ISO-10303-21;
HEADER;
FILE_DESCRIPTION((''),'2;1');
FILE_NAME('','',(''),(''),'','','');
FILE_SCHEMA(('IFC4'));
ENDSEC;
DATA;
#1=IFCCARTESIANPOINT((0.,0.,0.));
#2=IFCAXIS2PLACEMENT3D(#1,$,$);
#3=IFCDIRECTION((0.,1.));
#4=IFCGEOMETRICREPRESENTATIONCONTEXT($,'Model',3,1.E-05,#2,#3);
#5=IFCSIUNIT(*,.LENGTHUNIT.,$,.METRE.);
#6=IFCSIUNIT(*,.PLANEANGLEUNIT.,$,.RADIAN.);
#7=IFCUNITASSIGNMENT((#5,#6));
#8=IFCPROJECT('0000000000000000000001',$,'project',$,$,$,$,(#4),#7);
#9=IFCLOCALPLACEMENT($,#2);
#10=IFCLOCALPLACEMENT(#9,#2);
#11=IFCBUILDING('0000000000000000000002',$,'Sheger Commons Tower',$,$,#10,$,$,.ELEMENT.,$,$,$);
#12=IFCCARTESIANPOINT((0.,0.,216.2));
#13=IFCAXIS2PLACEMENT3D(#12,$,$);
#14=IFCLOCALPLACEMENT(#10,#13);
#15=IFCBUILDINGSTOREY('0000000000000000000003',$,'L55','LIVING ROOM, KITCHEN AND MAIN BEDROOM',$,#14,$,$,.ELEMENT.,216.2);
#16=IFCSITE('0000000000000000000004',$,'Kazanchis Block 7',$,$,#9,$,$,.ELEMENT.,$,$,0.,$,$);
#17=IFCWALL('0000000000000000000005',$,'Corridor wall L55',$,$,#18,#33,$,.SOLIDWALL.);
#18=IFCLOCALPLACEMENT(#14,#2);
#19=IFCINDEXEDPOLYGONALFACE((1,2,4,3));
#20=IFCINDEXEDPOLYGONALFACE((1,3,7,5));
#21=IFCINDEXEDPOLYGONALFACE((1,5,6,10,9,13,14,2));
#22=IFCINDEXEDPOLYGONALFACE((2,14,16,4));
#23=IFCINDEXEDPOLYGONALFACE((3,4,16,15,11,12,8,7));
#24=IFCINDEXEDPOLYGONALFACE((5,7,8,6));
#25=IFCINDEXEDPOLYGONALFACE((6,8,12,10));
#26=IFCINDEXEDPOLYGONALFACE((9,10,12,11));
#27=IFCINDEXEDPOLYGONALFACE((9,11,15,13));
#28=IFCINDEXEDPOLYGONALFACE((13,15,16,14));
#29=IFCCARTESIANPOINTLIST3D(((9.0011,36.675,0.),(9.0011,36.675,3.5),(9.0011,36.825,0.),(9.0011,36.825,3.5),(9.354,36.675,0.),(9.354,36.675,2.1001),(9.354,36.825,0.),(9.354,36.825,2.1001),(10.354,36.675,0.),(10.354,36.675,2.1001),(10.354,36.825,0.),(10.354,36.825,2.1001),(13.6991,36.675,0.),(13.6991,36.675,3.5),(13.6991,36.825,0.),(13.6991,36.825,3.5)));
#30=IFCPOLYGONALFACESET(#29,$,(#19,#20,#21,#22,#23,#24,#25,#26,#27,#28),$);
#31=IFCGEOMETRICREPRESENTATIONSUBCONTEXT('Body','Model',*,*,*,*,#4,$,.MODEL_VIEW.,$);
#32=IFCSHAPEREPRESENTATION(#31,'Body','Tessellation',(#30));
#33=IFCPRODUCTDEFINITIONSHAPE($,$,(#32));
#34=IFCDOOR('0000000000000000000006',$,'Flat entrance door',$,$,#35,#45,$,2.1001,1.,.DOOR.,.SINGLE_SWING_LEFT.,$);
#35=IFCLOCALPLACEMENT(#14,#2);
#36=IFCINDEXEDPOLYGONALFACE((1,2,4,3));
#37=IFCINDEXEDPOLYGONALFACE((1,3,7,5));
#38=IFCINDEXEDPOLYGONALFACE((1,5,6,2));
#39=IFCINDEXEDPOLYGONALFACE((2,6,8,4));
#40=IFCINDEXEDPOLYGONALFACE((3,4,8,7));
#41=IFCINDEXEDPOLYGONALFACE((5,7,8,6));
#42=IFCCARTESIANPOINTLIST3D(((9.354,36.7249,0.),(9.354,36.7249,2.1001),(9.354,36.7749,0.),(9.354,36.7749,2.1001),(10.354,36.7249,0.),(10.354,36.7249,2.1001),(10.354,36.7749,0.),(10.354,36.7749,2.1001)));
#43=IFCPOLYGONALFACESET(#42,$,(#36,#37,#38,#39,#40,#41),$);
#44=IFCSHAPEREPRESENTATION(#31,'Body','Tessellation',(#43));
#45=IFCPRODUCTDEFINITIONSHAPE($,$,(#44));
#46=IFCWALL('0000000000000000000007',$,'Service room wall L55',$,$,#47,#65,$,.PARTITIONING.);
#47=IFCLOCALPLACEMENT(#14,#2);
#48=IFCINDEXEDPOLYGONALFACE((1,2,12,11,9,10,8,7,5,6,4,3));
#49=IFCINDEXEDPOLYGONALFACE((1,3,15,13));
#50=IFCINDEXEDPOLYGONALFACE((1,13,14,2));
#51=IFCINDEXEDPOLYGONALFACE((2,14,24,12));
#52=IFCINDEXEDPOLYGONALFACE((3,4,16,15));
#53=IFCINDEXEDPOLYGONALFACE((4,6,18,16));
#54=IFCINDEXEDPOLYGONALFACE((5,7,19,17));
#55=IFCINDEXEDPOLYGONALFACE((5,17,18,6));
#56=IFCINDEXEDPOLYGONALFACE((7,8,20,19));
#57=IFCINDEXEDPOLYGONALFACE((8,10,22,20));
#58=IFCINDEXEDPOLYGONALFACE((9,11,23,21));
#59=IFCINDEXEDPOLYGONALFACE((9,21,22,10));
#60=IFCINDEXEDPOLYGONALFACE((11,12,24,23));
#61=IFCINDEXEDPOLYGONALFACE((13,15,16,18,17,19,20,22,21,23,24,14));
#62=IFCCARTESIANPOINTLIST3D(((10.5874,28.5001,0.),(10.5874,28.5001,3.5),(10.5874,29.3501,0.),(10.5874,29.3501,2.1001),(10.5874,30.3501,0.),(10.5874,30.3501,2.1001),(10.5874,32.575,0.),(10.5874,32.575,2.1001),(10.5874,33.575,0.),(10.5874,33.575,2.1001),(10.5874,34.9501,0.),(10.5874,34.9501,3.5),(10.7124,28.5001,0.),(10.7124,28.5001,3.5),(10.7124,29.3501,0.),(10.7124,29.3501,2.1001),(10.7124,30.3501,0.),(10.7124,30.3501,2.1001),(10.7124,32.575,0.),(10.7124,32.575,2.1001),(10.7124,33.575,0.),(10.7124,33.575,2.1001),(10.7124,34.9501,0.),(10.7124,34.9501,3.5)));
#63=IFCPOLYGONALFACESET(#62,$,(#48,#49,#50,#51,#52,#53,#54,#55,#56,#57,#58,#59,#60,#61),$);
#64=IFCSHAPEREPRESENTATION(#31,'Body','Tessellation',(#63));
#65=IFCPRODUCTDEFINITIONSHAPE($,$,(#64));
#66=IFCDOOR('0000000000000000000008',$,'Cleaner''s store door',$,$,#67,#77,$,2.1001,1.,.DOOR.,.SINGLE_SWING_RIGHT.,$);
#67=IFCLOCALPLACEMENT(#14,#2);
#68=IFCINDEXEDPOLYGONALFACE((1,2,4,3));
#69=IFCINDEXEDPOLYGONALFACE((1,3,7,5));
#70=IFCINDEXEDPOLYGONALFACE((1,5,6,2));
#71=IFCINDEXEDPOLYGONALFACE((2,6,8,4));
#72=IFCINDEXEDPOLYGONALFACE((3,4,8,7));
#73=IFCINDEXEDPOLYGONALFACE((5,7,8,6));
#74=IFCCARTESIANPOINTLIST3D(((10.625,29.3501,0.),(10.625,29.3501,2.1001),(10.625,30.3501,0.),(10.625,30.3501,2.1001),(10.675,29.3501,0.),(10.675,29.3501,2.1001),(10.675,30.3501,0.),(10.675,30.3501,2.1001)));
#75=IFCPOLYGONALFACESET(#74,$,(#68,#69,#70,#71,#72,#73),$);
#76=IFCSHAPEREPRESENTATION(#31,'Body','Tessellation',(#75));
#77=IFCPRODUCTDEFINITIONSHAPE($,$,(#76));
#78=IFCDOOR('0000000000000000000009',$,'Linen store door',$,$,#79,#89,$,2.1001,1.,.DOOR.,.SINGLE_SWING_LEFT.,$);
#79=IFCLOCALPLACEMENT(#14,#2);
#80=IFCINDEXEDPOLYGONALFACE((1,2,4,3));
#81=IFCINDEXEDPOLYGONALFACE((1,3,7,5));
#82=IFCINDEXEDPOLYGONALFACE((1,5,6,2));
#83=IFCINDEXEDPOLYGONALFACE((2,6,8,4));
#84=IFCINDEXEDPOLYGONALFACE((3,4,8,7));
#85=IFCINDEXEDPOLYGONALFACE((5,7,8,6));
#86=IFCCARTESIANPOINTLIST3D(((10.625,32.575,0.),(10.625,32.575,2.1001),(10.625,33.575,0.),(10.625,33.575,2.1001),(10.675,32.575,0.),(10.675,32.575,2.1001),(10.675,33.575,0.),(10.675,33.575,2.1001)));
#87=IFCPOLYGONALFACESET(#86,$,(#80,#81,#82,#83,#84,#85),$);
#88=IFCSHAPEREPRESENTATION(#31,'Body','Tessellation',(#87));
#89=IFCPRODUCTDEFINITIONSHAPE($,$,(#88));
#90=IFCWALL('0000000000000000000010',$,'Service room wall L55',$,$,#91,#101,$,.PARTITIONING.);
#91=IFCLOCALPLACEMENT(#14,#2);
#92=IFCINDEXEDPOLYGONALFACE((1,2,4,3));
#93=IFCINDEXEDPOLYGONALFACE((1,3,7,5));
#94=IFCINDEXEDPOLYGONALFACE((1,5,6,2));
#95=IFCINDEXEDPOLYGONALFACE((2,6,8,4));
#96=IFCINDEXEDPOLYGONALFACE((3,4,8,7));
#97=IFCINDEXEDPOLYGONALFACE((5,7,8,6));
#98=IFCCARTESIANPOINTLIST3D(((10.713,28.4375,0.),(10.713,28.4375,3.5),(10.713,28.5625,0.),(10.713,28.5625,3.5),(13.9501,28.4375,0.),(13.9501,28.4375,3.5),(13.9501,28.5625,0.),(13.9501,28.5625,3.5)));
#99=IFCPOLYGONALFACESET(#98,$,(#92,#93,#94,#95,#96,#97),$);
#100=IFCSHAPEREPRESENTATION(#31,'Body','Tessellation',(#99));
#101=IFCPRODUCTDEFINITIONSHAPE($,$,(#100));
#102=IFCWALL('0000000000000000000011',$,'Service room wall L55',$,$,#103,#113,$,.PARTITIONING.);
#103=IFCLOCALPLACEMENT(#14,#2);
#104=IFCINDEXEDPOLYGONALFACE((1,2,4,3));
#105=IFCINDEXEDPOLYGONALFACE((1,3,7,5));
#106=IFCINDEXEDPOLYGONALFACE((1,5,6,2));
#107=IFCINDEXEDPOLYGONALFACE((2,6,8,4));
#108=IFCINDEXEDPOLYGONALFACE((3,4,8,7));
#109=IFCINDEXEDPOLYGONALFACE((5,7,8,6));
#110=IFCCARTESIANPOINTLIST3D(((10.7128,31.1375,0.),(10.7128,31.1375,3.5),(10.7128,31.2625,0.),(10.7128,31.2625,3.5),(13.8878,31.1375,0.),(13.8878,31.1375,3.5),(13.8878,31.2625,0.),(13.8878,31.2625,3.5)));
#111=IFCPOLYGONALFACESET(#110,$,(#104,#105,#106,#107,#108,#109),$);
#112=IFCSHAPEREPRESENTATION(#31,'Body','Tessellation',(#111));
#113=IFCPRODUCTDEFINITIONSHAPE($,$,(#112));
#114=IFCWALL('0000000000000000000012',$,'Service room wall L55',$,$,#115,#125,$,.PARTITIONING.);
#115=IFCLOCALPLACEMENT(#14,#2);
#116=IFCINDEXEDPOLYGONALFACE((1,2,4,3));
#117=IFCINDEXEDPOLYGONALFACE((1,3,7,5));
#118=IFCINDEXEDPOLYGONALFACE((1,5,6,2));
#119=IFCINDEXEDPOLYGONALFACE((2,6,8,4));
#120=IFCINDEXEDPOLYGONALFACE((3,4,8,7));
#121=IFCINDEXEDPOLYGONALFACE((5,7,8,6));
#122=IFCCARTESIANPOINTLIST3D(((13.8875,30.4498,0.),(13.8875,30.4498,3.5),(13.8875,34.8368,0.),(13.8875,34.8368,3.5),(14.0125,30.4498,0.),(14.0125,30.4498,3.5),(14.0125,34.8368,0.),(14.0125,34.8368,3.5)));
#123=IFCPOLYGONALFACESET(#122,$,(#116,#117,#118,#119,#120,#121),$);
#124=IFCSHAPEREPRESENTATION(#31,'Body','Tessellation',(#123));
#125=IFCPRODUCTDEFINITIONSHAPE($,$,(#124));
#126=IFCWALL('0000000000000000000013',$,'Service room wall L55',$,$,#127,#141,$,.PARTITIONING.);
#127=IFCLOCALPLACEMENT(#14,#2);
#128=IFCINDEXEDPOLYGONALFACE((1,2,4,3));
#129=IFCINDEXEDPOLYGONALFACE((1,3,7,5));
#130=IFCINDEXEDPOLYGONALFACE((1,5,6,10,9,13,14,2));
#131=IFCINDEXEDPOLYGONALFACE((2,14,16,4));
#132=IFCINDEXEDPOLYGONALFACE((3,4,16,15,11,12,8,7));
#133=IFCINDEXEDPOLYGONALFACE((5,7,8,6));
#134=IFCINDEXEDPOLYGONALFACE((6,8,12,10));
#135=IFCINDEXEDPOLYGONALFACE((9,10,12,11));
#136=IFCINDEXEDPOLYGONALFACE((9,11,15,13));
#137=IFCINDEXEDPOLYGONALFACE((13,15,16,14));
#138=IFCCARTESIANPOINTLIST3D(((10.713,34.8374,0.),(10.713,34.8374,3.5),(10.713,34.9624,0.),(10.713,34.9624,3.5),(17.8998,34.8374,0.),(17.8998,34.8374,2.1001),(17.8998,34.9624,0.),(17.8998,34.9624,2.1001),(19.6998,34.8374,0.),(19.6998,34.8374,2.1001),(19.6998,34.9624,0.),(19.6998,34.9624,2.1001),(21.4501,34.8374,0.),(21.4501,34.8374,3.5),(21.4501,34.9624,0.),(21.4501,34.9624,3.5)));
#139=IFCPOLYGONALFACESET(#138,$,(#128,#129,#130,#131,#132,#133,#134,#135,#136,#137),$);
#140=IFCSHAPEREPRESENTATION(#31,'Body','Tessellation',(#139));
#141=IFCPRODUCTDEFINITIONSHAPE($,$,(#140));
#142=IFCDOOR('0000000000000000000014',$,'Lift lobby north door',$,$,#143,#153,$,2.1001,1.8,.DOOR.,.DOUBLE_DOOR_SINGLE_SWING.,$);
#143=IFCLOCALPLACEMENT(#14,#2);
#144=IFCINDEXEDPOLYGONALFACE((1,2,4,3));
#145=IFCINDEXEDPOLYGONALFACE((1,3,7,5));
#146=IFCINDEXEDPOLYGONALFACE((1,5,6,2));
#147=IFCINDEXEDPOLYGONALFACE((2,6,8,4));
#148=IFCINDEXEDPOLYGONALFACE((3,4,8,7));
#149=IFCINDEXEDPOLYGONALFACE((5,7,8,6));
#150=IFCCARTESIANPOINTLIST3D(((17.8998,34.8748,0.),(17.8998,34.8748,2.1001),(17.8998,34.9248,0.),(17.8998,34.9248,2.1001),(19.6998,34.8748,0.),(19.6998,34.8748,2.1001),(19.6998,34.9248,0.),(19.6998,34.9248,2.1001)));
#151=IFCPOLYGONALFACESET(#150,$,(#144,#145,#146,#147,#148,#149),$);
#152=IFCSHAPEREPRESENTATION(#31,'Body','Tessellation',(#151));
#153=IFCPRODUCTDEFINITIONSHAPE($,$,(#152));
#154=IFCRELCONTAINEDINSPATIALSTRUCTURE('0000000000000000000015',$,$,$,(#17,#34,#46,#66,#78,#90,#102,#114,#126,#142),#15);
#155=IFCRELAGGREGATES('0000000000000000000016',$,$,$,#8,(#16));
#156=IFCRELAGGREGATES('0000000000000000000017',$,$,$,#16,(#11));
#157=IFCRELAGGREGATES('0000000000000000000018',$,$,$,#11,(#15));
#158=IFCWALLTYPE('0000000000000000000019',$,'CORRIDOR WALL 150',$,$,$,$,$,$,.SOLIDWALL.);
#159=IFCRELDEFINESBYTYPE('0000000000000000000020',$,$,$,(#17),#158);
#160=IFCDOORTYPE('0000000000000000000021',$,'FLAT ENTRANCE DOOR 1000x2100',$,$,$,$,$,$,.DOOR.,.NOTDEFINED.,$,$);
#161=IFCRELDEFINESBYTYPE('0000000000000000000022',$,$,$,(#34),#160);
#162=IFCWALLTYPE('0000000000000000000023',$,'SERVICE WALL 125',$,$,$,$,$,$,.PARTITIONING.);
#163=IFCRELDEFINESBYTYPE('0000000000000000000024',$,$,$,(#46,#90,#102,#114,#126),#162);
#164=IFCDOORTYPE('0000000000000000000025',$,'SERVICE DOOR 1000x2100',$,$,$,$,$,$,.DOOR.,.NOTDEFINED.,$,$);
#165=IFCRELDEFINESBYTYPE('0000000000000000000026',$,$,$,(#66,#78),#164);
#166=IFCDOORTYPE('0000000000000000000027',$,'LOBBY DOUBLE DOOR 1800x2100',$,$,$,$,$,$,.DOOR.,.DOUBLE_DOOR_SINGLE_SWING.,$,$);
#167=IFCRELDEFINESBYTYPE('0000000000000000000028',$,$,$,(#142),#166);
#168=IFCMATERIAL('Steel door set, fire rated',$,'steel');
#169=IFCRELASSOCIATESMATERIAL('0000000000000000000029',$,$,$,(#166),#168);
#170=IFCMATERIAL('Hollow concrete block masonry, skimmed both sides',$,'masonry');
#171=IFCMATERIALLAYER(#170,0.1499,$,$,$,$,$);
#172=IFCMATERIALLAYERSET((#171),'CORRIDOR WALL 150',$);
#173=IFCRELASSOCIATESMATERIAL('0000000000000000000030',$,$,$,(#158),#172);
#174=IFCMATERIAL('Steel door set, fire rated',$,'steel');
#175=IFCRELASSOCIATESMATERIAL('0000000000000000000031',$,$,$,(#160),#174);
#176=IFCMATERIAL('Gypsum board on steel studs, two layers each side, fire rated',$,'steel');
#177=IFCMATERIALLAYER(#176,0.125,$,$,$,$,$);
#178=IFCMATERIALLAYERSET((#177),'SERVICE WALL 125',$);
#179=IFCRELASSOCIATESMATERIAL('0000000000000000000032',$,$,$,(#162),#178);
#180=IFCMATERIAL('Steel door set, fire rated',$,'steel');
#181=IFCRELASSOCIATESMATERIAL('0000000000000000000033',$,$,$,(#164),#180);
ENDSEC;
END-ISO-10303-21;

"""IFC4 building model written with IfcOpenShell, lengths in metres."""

from ifc_helpers import new_model, si_unit, direction, frame, frame_2d, origin, place, context, subcontext, project, spatial, rectangle, extrude, material, layer, layer_set, type_object, element, fill, save


model = new_model("IFC4")

# Units and contexts
model_context = context("Model", 3, precision=1e-05, world=origin(), true_north=direction((0.0, 1.0)))
body_context = subcontext(model_context, "Body", "Model", "MODEL_VIEW")
ifc_project = project(units=[si_unit("LENGTHUNIT", "METRE"), si_unit("PLANEANGLEUNIT", "RADIAN")], contexts=[model_context])

# Site, building, storey
site_placement = place(None, origin())
site = spatial("IfcSite", under=ifc_project, at=site_placement, Name="Kazanchis Block 7", CompositionType="ELEMENT", RefElevation=0.0)
building_placement = place(site_placement, origin())
building = spatial("IfcBuilding", under=site, at=building_placement, Name="Sheger Commons Tower", CompositionType="ELEMENT")
storey_placement = place(building_placement, frame((0.0, 0.0, 216.2)))
storey = spatial("IfcBuildingStorey", under=building, at=storey_placement, Name="L55", Description="LIVING ROOM, KITCHEN AND MAIN BEDROOM", CompositionType="ELEMENT", Elevation=216.2)

# Shared definitions
ifc_material_1 = material(Name="Steel door set, fire rated", Category="steel")
door_type_1 = type_object("IfcDoorType", Name="LOBBY DOUBLE DOOR 1800x2100", OperationType="DOUBLE_DOOR_SINGLE_SWING", PredefinedType="DOOR", material=ifc_material_1)

# Wall, opening, door
ifc_material_2 = material(Name="Hollow concrete block masonry, skimmed both sides", Category="masonry")
ifc_layer_1 = layer(ifc_material_2, 0.1499)
ifc_layer_set_1 = layer_set([ifc_layer_1], Name="CORRIDOR WALL 150")
wall_type_1 = type_object("IfcWallType", Name="CORRIDOR WALL 150", PredefinedType="SOLIDWALL", material=ifc_layer_set_1)
wall_1_placement = place(storey_placement, frame((9.001, 36.75, 0.0), z_axis=(0.0, 0.0, 1.0), x_axis=(1.0, 0.0, 0.0)))
wall_1 = element("IfcWall", 1, at=wall_1_placement, inside=storey, type_object=wall_type_1, Name="Corridor wall L55", PredefinedType="SOLIDWALL", context=body_context, shape_type="SweptSolid", body=[
    extrude(rectangle(XDim=4.698, YDim=0.1499, at=frame_2d((2.3491, 0.0))), origin(), (0.0, 0.0, 1.0), 3.5),
])
opening_1_placement = place(wall_1_placement, frame((0.353, 0.0, 0.0)))
opening_1 = element("IfcOpeningElement", 2, at=opening_1_placement, cuts=wall_1, PredefinedType="OPENING", context=body_context, shape_type="SweptSolid", body=[
    extrude(rectangle(XDim=1.0, YDim=2.1001, at=frame_2d((0.5, 1.05))), frame((0.0, 0.085, 0.0), z_axis=(0.0, -1.0, 0.0), x_axis=(1.0, 0.0, 0.0)), (0.0, 0.0, 1.0), 0.1699),
])
ifc_material_3 = material(Name="Steel door set, fire rated", Category="steel")
door_type_2 = type_object("IfcDoorType", Name="FLAT ENTRANCE DOOR 1000x2100", OperationType="NOTDEFINED", PredefinedType="DOOR", material=ifc_material_3)
door_1_placement = place(opening_1_placement, origin())
door_1 = element("IfcDoor", 3, at=door_1_placement, inside=storey, type_object=door_type_2, Name="Flat entrance door", OperationType="SINGLE_SWING_LEFT", OverallHeight=2.1001, OverallWidth=1.0, PredefinedType="DOOR", context=body_context, shape_type="SweptSolid", body=[
    extrude(rectangle(XDim=1.0, YDim=2.1001, at=frame_2d((0.5, 1.05))), frame((0.0, 0.0249, 0.0), z_axis=(0.0, -1.0, 0.0), x_axis=(1.0, 0.0, 0.0)), (0.0, 0.0, 1.0), 0.05),
])
fill(opening_1, door_1)

# Wall, openings, doors
ifc_material_4 = material(Name="Gypsum board on steel studs, two layers each side, fire rated", Category="steel")
ifc_layer_2 = layer(ifc_material_4, 0.125)
ifc_layer_set_2 = layer_set([ifc_layer_2], Name="SERVICE WALL 125")
wall_type_2 = type_object("IfcWallType", Name="SERVICE WALL 125", PredefinedType="PARTITIONING", material=ifc_layer_set_2)
wall_2_placement = place(storey_placement, frame((10.6499, 28.5, 0.0), z_axis=(0.0, 0.0, 1.0), x_axis=(0.0, 1.0, 0.0)))
wall_2 = element("IfcWall", 4, at=wall_2_placement, inside=storey, type_object=wall_type_2, Name="Service room wall L55", PredefinedType="PARTITIONING", context=body_context, shape_type="SweptSolid", body=[
    extrude(rectangle(XDim=6.45, YDim=0.125, at=frame_2d((3.2251, 0.0))), origin(), (0.0, 0.0, 1.0), 3.5),
])
opening_2_placement = place(wall_2_placement, frame((0.8501, 0.0, 0.0)))
opening_2 = element("IfcOpeningElement", 5, at=opening_2_placement, cuts=wall_2, PredefinedType="OPENING", context=body_context, shape_type="SweptSolid", body=[
    extrude(rectangle(XDim=1.0, YDim=2.1001, at=frame_2d((0.5, 1.05))), frame((0.0, 0.0725, 0.0), z_axis=(0.0, -1.0, 0.0), x_axis=(1.0, 0.0, 0.0)), (0.0, 0.0, 1.0), 0.145),
])
opening_3_placement = place(wall_2_placement, frame((4.075, 0.0, 0.0)))
opening_3 = element("IfcOpeningElement", 6, at=opening_3_placement, cuts=wall_2, PredefinedType="OPENING", context=body_context, shape_type="SweptSolid", body=[
    extrude(rectangle(XDim=1.0, YDim=2.1001, at=frame_2d((0.5, 1.05))), frame((0.0, 0.0725, 0.0), z_axis=(0.0, -1.0, 0.0), x_axis=(1.0, 0.0, 0.0)), (0.0, 0.0, 1.0), 0.145),
])
ifc_material_5 = material(Name="Steel door set, fire rated", Category="steel")
door_type_3 = type_object("IfcDoorType", Name="SERVICE DOOR 1000x2100", OperationType="NOTDEFINED", PredefinedType="DOOR", material=ifc_material_5)
door_2_placement = place(opening_2_placement, origin())
door_2 = element("IfcDoor", 7, at=door_2_placement, inside=storey, type_object=door_type_3, Name="Cleaner's store door", OperationType="SINGLE_SWING_RIGHT", OverallHeight=2.1001, OverallWidth=1.0, PredefinedType="DOOR", context=body_context, shape_type="SweptSolid", body=[
    extrude(rectangle(XDim=1.0, YDim=2.1001, at=frame_2d((0.5, 1.05))), frame((0.0, 0.0249, 0.0), z_axis=(0.0, -1.0, 0.0), x_axis=(1.0, 0.0, 0.0)), (0.0, 0.0, 1.0), 0.05),
])
fill(opening_2, door_2)
door_3_placement = place(opening_3_placement, origin())
door_3 = element("IfcDoor", 8, at=door_3_placement, inside=storey, type_object=door_type_3, Name="Linen store door", OperationType="SINGLE_SWING_LEFT", OverallHeight=2.1001, OverallWidth=1.0, PredefinedType="DOOR", context=body_context, shape_type="SweptSolid", body=[
    extrude(rectangle(XDim=1.0, YDim=2.1001, at=frame_2d((0.5, 1.05))), frame((0.0, 0.0249, 0.0), z_axis=(0.0, -1.0, 0.0), x_axis=(1.0, 0.0, 0.0)), (0.0, 0.0, 1.0), 0.05),
])
fill(opening_3, door_3)

# Walls
wall_3_placement = place(storey_placement, frame((10.7129, 28.5, 0.0), z_axis=(0.0, 0.0, 1.0), x_axis=(1.0, 0.0, 0.0)))
element("IfcWall", 9, at=wall_3_placement, inside=storey, type_object=wall_type_2, Name="Service room wall L55", PredefinedType="PARTITIONING", context=body_context, shape_type="SweptSolid", body=[
    extrude(rectangle(XDim=3.2371, YDim=0.125, at=frame_2d((1.6187, 0.0))), origin(), (0.0, 0.0, 1.0), 3.5),
])
wall_4_placement = place(storey_placement, frame((10.7129, 31.2, 0.0), z_axis=(0.0, 0.0, 1.0), x_axis=(1.0, 0.0, 0.0)))
element("IfcWall", 10, at=wall_4_placement, inside=storey, type_object=wall_type_2, Name="Service room wall L55", PredefinedType="PARTITIONING", context=body_context, shape_type="SweptSolid", body=[
    extrude(rectangle(XDim=3.175, YDim=0.125, at=frame_2d((1.5874, 0.0))), origin(), (0.0, 0.0, 1.0), 3.5),
])
wall_5_placement = place(storey_placement, frame((13.95, 30.45, 0.0), z_axis=(0.0, 0.0, 1.0), x_axis=(0.0, 1.0, 0.0)))
element("IfcWall", 11, at=wall_5_placement, inside=storey, type_object=wall_type_2, Name="Service room wall L55", PredefinedType="PARTITIONING", context=body_context, shape_type="SweptSolid", body=[
    extrude(rectangle(XDim=4.387, YDim=0.125, at=frame_2d((2.1934, 0.0))), origin(), (0.0, 0.0, 1.0), 3.5),
])

# Wall, opening, door
wall_6_placement = place(storey_placement, frame((10.7129, 34.8999, 0.0), z_axis=(0.0, 0.0, 1.0), x_axis=(1.0, 0.0, 0.0)))
wall_6 = element("IfcWall", 12, at=wall_6_placement, inside=storey, type_object=wall_type_2, Name="Service room wall L55", PredefinedType="PARTITIONING", context=body_context, shape_type="SweptSolid", body=[
    extrude(rectangle(XDim=10.7371, YDim=0.125, at=frame_2d((5.3687, 0.0))), origin(), (0.0, 0.0, 1.0), 3.5),
])
opening_4_placement = place(wall_6_placement, frame((7.187, 0.0, 0.0)))
opening_4 = element("IfcOpeningElement", 13, at=opening_4_placement, cuts=wall_6, PredefinedType="OPENING", context=body_context, shape_type="SweptSolid", body=[
    extrude(rectangle(XDim=1.8, YDim=2.1001, at=frame_2d((0.8999, 1.05))), frame((0.0, 0.0725, 0.0), z_axis=(0.0, -1.0, 0.0), x_axis=(1.0, 0.0, 0.0)), (0.0, 0.0, 1.0), 0.145),
])
door_4_placement = place(opening_4_placement, origin())
door_4 = element("IfcDoor", 14, at=door_4_placement, inside=storey, type_object=door_type_1, Name="Lift lobby north door", OperationType="DOUBLE_DOOR_SINGLE_SWING", OverallHeight=2.1001, OverallWidth=1.8, PredefinedType="DOOR", context=body_context, shape_type="SweptSolid", body=[
    extrude(rectangle(XDim=1.8, YDim=2.1001, at=frame_2d((0.8999, 1.05))), frame((0.0, 0.0249, 0.0), z_axis=(0.0, -1.0, 0.0), x_axis=(1.0, 0.0, 0.0)), (0.0, 0.0, 1.0), 0.05),
])
fill(opening_4, door_4)

save(model, "model.ifc")
